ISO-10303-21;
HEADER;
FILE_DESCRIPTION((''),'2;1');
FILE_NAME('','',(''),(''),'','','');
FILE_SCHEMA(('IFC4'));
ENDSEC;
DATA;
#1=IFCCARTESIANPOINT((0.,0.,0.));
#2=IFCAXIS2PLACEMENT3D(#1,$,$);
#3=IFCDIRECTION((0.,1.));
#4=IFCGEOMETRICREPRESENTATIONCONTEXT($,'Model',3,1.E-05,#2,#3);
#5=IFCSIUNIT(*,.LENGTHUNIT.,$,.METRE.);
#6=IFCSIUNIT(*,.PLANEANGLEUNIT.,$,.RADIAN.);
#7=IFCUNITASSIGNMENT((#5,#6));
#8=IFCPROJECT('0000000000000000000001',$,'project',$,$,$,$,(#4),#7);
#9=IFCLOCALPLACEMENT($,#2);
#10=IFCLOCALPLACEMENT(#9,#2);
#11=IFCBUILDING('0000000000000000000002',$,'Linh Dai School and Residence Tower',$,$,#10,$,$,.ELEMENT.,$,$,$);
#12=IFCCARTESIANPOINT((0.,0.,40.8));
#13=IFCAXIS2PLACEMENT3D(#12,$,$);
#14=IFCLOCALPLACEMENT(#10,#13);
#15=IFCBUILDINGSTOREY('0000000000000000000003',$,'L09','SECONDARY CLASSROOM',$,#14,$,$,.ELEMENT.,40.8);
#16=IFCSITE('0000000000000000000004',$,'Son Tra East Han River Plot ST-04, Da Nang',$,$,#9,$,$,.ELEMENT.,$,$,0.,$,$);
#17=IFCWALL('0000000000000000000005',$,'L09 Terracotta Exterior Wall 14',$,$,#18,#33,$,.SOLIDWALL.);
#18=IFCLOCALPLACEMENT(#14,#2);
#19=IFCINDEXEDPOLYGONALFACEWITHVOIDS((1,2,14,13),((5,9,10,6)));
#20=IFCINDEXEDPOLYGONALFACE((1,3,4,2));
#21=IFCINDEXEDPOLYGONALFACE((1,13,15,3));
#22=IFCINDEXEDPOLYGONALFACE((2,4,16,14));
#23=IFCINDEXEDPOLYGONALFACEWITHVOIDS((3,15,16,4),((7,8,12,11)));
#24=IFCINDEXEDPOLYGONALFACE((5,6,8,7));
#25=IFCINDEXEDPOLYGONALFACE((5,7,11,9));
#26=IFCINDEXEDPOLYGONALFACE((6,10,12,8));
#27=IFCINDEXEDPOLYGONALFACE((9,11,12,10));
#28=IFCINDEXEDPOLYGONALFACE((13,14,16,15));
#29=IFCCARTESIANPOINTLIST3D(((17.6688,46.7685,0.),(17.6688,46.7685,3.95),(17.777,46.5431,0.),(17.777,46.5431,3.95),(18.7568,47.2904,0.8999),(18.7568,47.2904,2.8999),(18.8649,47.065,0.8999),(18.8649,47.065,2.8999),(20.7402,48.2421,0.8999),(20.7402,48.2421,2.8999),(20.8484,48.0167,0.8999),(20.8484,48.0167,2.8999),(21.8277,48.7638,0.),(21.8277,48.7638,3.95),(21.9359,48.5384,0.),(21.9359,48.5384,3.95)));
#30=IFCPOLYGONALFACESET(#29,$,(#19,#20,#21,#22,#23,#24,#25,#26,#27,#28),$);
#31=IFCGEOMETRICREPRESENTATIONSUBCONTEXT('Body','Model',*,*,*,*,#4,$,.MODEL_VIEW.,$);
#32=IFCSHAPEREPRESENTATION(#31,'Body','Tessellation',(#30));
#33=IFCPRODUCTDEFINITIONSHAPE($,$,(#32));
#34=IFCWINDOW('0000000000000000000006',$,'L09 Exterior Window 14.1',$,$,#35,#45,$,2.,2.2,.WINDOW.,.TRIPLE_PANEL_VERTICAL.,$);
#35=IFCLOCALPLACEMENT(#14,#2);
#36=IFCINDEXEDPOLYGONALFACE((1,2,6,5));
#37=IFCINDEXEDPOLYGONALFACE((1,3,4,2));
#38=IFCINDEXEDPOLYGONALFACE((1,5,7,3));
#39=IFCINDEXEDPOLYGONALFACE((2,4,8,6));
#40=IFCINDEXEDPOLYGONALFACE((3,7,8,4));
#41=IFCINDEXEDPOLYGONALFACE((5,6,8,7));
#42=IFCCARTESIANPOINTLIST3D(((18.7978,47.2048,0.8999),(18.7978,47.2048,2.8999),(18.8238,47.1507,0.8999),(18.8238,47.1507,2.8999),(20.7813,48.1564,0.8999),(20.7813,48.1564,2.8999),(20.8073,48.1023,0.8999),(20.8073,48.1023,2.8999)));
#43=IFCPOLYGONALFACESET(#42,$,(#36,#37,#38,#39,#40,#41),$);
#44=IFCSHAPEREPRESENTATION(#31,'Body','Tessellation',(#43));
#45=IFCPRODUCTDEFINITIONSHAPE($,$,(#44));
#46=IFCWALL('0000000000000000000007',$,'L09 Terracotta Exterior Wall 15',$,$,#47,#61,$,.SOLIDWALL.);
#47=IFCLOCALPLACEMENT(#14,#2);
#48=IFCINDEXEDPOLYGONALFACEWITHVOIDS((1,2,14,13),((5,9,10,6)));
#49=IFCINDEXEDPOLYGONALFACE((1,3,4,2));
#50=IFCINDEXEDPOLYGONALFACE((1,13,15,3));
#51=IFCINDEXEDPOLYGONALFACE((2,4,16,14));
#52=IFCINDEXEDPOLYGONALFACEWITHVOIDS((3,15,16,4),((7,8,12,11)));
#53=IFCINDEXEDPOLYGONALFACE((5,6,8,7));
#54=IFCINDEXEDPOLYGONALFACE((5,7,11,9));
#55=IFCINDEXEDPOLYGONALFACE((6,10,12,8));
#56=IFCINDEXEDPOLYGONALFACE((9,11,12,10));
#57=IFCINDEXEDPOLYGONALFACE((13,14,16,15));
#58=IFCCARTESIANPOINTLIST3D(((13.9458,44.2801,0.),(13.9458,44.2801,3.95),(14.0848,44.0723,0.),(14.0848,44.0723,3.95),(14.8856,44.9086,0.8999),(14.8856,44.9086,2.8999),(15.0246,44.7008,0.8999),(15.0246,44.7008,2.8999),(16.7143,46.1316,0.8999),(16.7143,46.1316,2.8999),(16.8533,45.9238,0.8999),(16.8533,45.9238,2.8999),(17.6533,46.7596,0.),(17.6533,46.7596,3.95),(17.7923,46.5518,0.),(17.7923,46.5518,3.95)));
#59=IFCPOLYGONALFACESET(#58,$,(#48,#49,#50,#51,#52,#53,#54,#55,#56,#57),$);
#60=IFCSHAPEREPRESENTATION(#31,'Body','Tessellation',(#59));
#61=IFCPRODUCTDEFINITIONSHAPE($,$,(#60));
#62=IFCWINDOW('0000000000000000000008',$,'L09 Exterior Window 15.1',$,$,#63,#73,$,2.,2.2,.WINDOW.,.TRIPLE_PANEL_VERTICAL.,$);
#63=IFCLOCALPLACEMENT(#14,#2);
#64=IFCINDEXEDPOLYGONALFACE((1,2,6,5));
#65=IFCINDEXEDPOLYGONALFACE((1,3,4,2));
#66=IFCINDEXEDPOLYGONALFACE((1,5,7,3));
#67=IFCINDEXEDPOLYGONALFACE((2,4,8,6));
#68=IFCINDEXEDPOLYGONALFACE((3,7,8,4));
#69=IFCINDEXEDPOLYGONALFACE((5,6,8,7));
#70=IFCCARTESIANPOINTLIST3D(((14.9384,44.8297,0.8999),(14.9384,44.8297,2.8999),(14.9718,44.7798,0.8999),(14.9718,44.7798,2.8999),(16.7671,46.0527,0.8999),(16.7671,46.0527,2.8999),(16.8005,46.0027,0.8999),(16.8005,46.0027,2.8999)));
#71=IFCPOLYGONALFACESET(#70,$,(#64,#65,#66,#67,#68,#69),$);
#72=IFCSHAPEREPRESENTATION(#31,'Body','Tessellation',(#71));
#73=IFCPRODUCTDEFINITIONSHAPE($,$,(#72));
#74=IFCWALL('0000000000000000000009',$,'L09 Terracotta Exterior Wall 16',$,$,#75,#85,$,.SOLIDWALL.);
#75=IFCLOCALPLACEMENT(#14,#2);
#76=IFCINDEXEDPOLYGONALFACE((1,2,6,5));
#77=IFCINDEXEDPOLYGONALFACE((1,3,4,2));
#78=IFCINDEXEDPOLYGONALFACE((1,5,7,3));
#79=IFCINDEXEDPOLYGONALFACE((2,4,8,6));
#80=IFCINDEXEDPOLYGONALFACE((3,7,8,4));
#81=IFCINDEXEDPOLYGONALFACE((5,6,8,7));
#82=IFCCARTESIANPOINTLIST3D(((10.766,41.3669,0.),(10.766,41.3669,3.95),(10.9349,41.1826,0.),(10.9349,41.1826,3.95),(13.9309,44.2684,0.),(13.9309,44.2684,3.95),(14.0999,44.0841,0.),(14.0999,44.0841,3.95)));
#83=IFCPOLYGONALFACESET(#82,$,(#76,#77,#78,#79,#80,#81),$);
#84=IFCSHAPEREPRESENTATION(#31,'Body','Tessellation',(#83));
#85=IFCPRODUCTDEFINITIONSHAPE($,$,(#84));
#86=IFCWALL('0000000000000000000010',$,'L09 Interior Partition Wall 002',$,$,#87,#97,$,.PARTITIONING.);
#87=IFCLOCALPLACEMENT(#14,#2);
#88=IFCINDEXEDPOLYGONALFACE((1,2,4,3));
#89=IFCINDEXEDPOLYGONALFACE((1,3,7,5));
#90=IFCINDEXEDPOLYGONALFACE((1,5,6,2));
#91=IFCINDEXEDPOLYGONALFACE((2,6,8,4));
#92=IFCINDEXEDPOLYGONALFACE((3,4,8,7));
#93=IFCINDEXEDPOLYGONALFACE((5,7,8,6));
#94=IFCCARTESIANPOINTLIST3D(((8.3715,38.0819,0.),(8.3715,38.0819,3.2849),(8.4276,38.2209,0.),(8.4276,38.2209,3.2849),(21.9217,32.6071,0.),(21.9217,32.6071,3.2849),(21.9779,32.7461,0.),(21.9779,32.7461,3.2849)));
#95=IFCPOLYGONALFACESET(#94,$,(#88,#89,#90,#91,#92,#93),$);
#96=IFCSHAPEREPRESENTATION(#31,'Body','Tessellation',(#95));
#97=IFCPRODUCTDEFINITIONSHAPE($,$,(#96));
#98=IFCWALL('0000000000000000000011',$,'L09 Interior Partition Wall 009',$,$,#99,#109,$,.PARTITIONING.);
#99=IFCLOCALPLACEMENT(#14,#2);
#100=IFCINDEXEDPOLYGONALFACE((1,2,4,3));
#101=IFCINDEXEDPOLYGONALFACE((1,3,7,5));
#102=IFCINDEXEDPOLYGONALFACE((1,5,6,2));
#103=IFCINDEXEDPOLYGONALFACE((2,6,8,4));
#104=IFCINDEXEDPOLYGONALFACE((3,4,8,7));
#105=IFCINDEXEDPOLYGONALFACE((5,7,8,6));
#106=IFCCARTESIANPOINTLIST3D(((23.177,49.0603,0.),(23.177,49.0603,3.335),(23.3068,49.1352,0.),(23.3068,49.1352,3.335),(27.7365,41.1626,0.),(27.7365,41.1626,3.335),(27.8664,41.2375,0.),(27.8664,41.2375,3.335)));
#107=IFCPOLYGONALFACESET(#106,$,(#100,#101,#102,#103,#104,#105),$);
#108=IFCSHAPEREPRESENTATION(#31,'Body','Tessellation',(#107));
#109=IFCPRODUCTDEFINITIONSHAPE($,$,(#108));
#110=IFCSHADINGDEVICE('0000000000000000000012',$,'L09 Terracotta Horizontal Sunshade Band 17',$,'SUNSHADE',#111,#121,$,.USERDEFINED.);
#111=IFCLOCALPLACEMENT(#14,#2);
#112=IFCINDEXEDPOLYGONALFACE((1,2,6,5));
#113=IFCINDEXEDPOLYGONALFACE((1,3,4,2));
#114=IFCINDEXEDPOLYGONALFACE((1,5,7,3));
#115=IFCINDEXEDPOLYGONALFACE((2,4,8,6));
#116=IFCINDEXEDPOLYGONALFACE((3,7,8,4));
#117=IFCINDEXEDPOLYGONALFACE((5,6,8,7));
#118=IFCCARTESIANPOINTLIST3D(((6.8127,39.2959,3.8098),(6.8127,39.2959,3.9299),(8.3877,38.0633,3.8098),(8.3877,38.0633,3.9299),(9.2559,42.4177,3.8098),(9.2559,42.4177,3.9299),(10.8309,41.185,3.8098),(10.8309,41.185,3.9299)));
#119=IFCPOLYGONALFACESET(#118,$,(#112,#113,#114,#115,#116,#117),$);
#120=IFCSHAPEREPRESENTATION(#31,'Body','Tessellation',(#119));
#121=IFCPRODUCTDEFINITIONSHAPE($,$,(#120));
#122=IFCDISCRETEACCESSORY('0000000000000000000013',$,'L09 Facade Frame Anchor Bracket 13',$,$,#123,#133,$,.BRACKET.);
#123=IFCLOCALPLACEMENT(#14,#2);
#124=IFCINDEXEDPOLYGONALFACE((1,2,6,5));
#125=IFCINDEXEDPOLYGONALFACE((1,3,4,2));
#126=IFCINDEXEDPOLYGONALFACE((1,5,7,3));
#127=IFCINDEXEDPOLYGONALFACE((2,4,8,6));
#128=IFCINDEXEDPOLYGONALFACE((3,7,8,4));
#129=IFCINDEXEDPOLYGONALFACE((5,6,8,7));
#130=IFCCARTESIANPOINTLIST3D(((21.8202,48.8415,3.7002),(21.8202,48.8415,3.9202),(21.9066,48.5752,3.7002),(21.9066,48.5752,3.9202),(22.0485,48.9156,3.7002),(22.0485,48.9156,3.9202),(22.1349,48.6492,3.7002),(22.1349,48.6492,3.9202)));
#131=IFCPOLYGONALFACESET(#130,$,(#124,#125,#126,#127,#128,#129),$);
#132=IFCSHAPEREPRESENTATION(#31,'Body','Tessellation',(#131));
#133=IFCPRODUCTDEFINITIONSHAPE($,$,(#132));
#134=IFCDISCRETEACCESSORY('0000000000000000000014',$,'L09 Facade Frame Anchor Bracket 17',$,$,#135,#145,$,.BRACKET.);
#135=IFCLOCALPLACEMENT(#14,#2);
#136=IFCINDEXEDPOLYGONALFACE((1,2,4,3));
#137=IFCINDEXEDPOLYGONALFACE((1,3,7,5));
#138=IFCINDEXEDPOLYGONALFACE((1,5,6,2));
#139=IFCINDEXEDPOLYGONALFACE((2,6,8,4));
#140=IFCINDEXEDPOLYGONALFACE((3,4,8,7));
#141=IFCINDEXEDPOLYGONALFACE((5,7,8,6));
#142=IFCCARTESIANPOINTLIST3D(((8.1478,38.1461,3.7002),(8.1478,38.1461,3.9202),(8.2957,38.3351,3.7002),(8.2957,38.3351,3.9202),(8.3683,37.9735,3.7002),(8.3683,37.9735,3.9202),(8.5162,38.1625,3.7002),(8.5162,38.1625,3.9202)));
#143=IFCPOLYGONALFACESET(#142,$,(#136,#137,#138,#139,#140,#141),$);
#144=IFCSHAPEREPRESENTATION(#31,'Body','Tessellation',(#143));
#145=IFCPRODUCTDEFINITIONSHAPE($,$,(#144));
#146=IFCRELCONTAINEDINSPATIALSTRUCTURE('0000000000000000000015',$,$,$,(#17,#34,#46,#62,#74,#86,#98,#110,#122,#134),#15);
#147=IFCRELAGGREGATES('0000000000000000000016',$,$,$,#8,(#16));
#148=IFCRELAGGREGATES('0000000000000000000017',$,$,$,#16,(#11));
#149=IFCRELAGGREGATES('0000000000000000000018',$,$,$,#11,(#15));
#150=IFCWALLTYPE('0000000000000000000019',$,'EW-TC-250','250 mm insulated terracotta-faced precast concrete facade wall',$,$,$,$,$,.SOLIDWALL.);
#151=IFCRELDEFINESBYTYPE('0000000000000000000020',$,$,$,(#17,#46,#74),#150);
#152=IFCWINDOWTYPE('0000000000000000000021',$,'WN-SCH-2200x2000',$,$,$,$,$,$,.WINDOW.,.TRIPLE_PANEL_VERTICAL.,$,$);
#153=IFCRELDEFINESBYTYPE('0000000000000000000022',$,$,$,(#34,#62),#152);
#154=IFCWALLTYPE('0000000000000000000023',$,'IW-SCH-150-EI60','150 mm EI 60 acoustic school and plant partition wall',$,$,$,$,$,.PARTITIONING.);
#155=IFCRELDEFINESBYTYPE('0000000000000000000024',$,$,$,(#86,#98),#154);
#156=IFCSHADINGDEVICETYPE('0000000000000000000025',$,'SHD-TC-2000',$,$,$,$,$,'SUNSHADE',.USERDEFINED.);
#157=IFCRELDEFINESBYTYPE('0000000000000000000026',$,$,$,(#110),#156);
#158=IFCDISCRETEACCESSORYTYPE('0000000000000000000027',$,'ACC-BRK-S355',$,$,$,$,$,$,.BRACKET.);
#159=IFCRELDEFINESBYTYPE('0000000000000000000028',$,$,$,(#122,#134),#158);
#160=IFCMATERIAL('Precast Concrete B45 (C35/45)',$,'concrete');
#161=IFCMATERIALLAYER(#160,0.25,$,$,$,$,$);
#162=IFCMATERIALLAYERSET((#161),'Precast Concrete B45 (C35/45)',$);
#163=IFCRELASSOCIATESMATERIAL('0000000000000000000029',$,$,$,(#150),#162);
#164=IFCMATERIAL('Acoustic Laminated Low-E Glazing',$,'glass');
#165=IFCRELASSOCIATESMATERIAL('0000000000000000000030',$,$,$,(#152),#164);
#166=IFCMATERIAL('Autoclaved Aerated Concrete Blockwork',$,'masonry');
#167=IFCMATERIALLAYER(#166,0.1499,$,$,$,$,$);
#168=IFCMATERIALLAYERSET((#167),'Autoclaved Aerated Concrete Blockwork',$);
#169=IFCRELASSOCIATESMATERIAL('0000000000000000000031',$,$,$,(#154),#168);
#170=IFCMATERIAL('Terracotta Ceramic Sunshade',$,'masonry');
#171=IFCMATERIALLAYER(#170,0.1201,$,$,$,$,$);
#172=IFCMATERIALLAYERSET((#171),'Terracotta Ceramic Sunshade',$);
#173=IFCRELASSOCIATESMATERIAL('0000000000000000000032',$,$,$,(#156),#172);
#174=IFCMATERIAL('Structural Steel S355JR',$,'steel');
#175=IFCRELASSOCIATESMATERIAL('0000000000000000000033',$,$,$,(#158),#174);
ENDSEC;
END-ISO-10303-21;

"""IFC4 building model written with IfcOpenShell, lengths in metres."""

from ifc_helpers import new_model, si_unit, direction, frame, frame_2d, origin, origin_2d, place, context, subcontext, project, spatial, rectangle, extrude, source, transform, mapped, material, layer, layer_set, type_object, element, fill, save


model = new_model("IFC4")

# Units and contexts
model_context = context("Model", 3, precision=1e-05, world=origin(), true_north=direction((0.0, 1.0)))
body_context = subcontext(model_context, "Body", "Model", "MODEL_VIEW")
ifc_project = project(units=[si_unit("LENGTHUNIT", "METRE"), si_unit("PLANEANGLEUNIT", "RADIAN")], contexts=[model_context])

# Site, building, storey
site_placement = place(None, origin())
site = spatial("IfcSite", under=ifc_project, at=site_placement, Name="Son Tra East Han River Plot ST-04, Da Nang", CompositionType="ELEMENT", RefElevation=0.0)
building_placement = place(site_placement, origin())
building = spatial("IfcBuilding", under=site, at=building_placement, Name="Linh Dai School and Residence Tower", CompositionType="ELEMENT")
storey_placement = place(building_placement, frame((0.0, 0.0, 40.8)))
storey = spatial("IfcBuildingStorey", under=building, at=storey_placement, Name="L09", Description="SECONDARY CLASSROOM", CompositionType="ELEMENT", Elevation=40.8)

# Shared definitions
ifc_material_1 = material(Name="Structural Steel S355JR", Category="steel")

# Shared definitions
ifc_material_2 = material(Name="Precast Concrete B45 (C35/45)", Category="concrete")

# Shared definitions
ifc_layer_1 = layer(ifc_material_2, 0.25)
ifc_layer_set_1 = layer_set([ifc_layer_1], Name="Precast Concrete B45 (C35/45)")
wall_type_1 = type_object("IfcWallType", Name="EW-TC-250", Description="250 mm insulated terracotta-faced precast concrete facade wall", PredefinedType="SOLIDWALL", material=ifc_layer_set_1)

# Walls, openings, windows
wall_1_placement = place(storey_placement, frame((17.7229, 46.6558, 0.0), z_axis=(0.0, 0.0, 1.0), x_axis=(0.901602, 0.432568, 0.0)))
wall_1 = element("IfcWall", 1, at=wall_1_placement, inside=storey, type_object=wall_type_1, Name="L09 Terracotta Exterior Wall 14", PredefinedType="SOLIDWALL", context=body_context, shape_type="SweptSolid", body=[
    extrude(rectangle(XDim=4.6128, YDim=0.25, at=frame_2d((2.3064, 0.0))), origin(), (0.0, 0.0, 1.0), 3.95),
])
opening_1_placement = place(wall_1_placement, frame((1.2065, 0.0, 0.8999)))
opening_1 = element("IfcOpeningElement", 2, at=opening_1_placement, cuts=wall_1, PredefinedType="OPENING", context=body_context, shape_type="SweptSolid", body=[
    extrude(rectangle(XDim=2.2, YDim=2.0, at=origin_2d()), frame((1.1001, 0.135, 1.0), z_axis=(0.0, -1.0, 0.0), x_axis=(1.0, 0.0, 0.0)), (0.0, 0.0, 1.0), 0.27),
])
ifc_material_3 = material(Name="Acoustic Laminated Low-E Glazing", Category="glass")
window_type = type_object("IfcWindowType", Name="WN-SCH-2200x2000", PartitioningType="TRIPLE_PANEL_VERTICAL", PredefinedType="WINDOW", material=ifc_material_3)
shared_shape_1 = source(origin(), body_context, "Body", "SweptSolid", [
    extrude(rectangle(XDim=2.2, YDim=2.0, at=origin_2d()), frame((1.1001, 0.03, 1.0), z_axis=(0.0, -1.0, 0.0), x_axis=(1.0, 0.0, 0.0)), (0.0, 0.0, 1.0), 0.0601),
])
window_1_placement = place(opening_1_placement, origin())
window_1 = element("IfcWindow", 3, at=window_1_placement, inside=storey, type_object=window_type, Name="L09 Exterior Window 14.1", OverallHeight=2.0, OverallWidth=2.2, PartitioningType="TRIPLE_PANEL_VERTICAL", PredefinedType="WINDOW", context=body_context, shape_type="MappedRepresentation", body=[
    mapped(shared_shape_1, transform((0.0, 0.0, 0.0), x_axis=(1.0, 0.0, 0.0), y_axis=(0.0, 1.0, 0.0), z_axis=(0.0, 0.0, 1.0), scale=1.0)),
])
fill(opening_1, window_1)
wall_2_placement = place(storey_placement, frame((14.0154, 44.1763, 0.0), z_axis=(0.0, 0.0, 1.0), x_axis=(0.831241, 0.555912, 0.0)))
wall_2 = element("IfcWall", 4, at=wall_2_placement, inside=storey, type_object=wall_type_1, Name="L09 Terracotta Exterior Wall 15", PredefinedType="SOLIDWALL", context=body_context, shape_type="SweptSolid", body=[
    extrude(rectangle(XDim=4.4602, YDim=0.25, at=frame_2d((2.23, 0.0))), origin(), (0.0, 0.0, 1.0), 3.95),
])
opening_2_placement = place(wall_2_placement, frame((1.1304, 0.0, 0.8999)))
opening_2 = element("IfcOpeningElement", 5, at=opening_2_placement, cuts=wall_2, PredefinedType="OPENING", context=body_context, shape_type="SweptSolid", body=[
    extrude(rectangle(XDim=2.2, YDim=2.0, at=origin_2d()), frame((1.1001, 0.135, 1.0), z_axis=(0.0, -1.0, 0.0), x_axis=(1.0, 0.0, 0.0)), (0.0, 0.0, 1.0), 0.27),
])
window_2_placement = place(opening_2_placement, origin())
window_2 = element("IfcWindow", 6, at=window_2_placement, inside=storey, type_object=window_type, Name="L09 Exterior Window 15.1", OverallHeight=2.0, OverallWidth=2.2, PartitioningType="TRIPLE_PANEL_VERTICAL", PredefinedType="WINDOW", context=body_context, shape_type="MappedRepresentation", body=[
    mapped(shared_shape_1, transform((0.0, 0.0, 0.0), x_axis=(1.0, 0.0, 0.0), y_axis=(0.0, 1.0, 0.0), z_axis=(0.0, 0.0, 1.0), scale=1.0)),
])
fill(opening_2, window_2)

# Walls
wall_3_placement = place(storey_placement, frame((10.8503, 41.2747, 0.0), z_axis=(0.0, 0.0, 1.0), x_axis=(0.737116, 0.675766, 0.0)))
element("IfcWall", 7, at=wall_3_placement, inside=storey, type_object=wall_type_1, Name="L09 Terracotta Exterior Wall 16", PredefinedType="SOLIDWALL", context=body_context, shape_type="SweptSolid", body=[
    extrude(rectangle(XDim=4.2937, YDim=0.25, at=frame_2d((2.147, 0.0))), origin(), (0.0, 0.0, 1.0), 3.95),
])
ifc_material_4 = material(Name="Autoclaved Aerated Concrete Blockwork", Category="masonry")
ifc_layer_2 = layer(ifc_material_4, 0.1499)
ifc_layer_set_2 = layer_set([ifc_layer_2], Name="Autoclaved Aerated Concrete Blockwork")
wall_type_2 = type_object("IfcWallType", Name="IW-SCH-150-EI60", Description="150 mm EI 60 acoustic school and plant partition wall", PredefinedType="PARTITIONING", material=ifc_layer_set_2)
wall_4_placement = place(storey_placement, frame((8.3997, 38.1514, 0.0), z_axis=(0.0, 0.0, 1.0), x_axis=(0.92718, -0.374617, 0.0)))
element("IfcWall", 8, at=wall_4_placement, inside=storey, type_object=wall_type_2, Name="L09 Interior Partition Wall 002", PredefinedType="PARTITIONING", context=body_context, shape_type="SweptSolid", body=[
    extrude(rectangle(XDim=14.6145, YDim=0.1499, at=frame_2d((7.3071, 0.0))), origin(), (0.0, 0.0, 1.0), 3.2849),
])
wall_5_placement = place(storey_placement, frame((23.2419, 49.0977, 0.0), z_axis=(0.0, 0.0, 1.0), x_axis=(0.499986, -0.866034, 0.0)))
element("IfcWall", 9, at=wall_5_placement, inside=storey, type_object=wall_type_2, Name="L09 Interior Partition Wall 009", PredefinedType="PARTITIONING", context=body_context, shape_type="SweptSolid", body=[
    extrude(rectangle(XDim=9.1194, YDim=0.1499, at=frame_2d((4.5596, 0.0))), origin(), (0.0, 0.0, 1.0), 3.335),
])

# Shading device
ifc_material_5 = material(Name="Terracotta Ceramic Sunshade", Category="masonry")
ifc_layer_3 = layer(ifc_material_5, 0.1201)
ifc_layer_set_3 = layer_set([ifc_layer_3], Name="Terracotta Ceramic Sunshade")
shading_device_type = type_object("IfcShadingDeviceType", Name="SHD-TC-2000", ElementType="SUNSHADE", PredefinedType="USERDEFINED", material=ifc_layer_set_3)
shared_shape_2 = source(origin(), body_context, "Body", "SweptSolid", [
    extrude(rectangle(XDim=3.9641, YDim=2.0, at=origin_2d()), origin(), (0.0, 0.0, 1.0), 0.1201),
])
shading_device_placement = place(storey_placement, frame((8.8218, 40.2405, 3.8098), z_axis=(0.0, 0.0, 1.0), x_axis=(0.616319, 0.787496, 0.0)))
element("IfcShadingDevice", 10, at=shading_device_placement, inside=storey, type_object=shading_device_type, Name="L09 Terracotta Horizontal Sunshade Band 17", ObjectType="SUNSHADE", PredefinedType="USERDEFINED", context=body_context, shape_type="MappedRepresentation", body=[
    mapped(shared_shape_2, transform((0.0, 0.0, 0.0), x_axis=(1.0, 0.0, 0.0), y_axis=(0.0, 1.0, 0.0), z_axis=(0.0, 0.0, 1.0), scale=1.0)),
])

# Discrete accessories
discrete_accessory_type = type_object("IfcDiscreteAccessoryType", Name="ACC-BRK-S355", PredefinedType="BRACKET", material=ifc_material_1)
shared_shape_3 = source(origin(), body_context, "Body", "SweptSolid", [
    extrude(rectangle(XDim=0.28, YDim=0.24, at=origin_2d()), origin(), (0.0, 0.0, 1.0), 0.22),
])
for number, where, z_axis, x_axis, name in (
    (11, (21.9775, 48.7454, 3.7002), (0.0, 0.0, 1.0), (-0.308511, 0.951221, 0.0), "L09 Facade Frame Anchor Bracket 13"),
    (12, (8.332, 38.1543, 3.7002), (0.0, 0.0, 1.0), (-0.787496, 0.616319, 0.0), "L09 Facade Frame Anchor Bracket 17"),
):
    element("IfcDiscreteAccessory", number, at=place(storey_placement, frame(where, z_axis=z_axis, x_axis=x_axis)), inside=storey, type_object=discrete_accessory_type, Name=name, PredefinedType="BRACKET", context=body_context, shape_type="MappedRepresentation", body=[
        mapped(shared_shape_3, transform((0.0, 0.0, 0.0), x_axis=(1.0, 0.0, 0.0), y_axis=(0.0, 1.0, 0.0), z_axis=(0.0, 0.0, 1.0), scale=1.0)),
    ])

save(model, "model.ifc")
